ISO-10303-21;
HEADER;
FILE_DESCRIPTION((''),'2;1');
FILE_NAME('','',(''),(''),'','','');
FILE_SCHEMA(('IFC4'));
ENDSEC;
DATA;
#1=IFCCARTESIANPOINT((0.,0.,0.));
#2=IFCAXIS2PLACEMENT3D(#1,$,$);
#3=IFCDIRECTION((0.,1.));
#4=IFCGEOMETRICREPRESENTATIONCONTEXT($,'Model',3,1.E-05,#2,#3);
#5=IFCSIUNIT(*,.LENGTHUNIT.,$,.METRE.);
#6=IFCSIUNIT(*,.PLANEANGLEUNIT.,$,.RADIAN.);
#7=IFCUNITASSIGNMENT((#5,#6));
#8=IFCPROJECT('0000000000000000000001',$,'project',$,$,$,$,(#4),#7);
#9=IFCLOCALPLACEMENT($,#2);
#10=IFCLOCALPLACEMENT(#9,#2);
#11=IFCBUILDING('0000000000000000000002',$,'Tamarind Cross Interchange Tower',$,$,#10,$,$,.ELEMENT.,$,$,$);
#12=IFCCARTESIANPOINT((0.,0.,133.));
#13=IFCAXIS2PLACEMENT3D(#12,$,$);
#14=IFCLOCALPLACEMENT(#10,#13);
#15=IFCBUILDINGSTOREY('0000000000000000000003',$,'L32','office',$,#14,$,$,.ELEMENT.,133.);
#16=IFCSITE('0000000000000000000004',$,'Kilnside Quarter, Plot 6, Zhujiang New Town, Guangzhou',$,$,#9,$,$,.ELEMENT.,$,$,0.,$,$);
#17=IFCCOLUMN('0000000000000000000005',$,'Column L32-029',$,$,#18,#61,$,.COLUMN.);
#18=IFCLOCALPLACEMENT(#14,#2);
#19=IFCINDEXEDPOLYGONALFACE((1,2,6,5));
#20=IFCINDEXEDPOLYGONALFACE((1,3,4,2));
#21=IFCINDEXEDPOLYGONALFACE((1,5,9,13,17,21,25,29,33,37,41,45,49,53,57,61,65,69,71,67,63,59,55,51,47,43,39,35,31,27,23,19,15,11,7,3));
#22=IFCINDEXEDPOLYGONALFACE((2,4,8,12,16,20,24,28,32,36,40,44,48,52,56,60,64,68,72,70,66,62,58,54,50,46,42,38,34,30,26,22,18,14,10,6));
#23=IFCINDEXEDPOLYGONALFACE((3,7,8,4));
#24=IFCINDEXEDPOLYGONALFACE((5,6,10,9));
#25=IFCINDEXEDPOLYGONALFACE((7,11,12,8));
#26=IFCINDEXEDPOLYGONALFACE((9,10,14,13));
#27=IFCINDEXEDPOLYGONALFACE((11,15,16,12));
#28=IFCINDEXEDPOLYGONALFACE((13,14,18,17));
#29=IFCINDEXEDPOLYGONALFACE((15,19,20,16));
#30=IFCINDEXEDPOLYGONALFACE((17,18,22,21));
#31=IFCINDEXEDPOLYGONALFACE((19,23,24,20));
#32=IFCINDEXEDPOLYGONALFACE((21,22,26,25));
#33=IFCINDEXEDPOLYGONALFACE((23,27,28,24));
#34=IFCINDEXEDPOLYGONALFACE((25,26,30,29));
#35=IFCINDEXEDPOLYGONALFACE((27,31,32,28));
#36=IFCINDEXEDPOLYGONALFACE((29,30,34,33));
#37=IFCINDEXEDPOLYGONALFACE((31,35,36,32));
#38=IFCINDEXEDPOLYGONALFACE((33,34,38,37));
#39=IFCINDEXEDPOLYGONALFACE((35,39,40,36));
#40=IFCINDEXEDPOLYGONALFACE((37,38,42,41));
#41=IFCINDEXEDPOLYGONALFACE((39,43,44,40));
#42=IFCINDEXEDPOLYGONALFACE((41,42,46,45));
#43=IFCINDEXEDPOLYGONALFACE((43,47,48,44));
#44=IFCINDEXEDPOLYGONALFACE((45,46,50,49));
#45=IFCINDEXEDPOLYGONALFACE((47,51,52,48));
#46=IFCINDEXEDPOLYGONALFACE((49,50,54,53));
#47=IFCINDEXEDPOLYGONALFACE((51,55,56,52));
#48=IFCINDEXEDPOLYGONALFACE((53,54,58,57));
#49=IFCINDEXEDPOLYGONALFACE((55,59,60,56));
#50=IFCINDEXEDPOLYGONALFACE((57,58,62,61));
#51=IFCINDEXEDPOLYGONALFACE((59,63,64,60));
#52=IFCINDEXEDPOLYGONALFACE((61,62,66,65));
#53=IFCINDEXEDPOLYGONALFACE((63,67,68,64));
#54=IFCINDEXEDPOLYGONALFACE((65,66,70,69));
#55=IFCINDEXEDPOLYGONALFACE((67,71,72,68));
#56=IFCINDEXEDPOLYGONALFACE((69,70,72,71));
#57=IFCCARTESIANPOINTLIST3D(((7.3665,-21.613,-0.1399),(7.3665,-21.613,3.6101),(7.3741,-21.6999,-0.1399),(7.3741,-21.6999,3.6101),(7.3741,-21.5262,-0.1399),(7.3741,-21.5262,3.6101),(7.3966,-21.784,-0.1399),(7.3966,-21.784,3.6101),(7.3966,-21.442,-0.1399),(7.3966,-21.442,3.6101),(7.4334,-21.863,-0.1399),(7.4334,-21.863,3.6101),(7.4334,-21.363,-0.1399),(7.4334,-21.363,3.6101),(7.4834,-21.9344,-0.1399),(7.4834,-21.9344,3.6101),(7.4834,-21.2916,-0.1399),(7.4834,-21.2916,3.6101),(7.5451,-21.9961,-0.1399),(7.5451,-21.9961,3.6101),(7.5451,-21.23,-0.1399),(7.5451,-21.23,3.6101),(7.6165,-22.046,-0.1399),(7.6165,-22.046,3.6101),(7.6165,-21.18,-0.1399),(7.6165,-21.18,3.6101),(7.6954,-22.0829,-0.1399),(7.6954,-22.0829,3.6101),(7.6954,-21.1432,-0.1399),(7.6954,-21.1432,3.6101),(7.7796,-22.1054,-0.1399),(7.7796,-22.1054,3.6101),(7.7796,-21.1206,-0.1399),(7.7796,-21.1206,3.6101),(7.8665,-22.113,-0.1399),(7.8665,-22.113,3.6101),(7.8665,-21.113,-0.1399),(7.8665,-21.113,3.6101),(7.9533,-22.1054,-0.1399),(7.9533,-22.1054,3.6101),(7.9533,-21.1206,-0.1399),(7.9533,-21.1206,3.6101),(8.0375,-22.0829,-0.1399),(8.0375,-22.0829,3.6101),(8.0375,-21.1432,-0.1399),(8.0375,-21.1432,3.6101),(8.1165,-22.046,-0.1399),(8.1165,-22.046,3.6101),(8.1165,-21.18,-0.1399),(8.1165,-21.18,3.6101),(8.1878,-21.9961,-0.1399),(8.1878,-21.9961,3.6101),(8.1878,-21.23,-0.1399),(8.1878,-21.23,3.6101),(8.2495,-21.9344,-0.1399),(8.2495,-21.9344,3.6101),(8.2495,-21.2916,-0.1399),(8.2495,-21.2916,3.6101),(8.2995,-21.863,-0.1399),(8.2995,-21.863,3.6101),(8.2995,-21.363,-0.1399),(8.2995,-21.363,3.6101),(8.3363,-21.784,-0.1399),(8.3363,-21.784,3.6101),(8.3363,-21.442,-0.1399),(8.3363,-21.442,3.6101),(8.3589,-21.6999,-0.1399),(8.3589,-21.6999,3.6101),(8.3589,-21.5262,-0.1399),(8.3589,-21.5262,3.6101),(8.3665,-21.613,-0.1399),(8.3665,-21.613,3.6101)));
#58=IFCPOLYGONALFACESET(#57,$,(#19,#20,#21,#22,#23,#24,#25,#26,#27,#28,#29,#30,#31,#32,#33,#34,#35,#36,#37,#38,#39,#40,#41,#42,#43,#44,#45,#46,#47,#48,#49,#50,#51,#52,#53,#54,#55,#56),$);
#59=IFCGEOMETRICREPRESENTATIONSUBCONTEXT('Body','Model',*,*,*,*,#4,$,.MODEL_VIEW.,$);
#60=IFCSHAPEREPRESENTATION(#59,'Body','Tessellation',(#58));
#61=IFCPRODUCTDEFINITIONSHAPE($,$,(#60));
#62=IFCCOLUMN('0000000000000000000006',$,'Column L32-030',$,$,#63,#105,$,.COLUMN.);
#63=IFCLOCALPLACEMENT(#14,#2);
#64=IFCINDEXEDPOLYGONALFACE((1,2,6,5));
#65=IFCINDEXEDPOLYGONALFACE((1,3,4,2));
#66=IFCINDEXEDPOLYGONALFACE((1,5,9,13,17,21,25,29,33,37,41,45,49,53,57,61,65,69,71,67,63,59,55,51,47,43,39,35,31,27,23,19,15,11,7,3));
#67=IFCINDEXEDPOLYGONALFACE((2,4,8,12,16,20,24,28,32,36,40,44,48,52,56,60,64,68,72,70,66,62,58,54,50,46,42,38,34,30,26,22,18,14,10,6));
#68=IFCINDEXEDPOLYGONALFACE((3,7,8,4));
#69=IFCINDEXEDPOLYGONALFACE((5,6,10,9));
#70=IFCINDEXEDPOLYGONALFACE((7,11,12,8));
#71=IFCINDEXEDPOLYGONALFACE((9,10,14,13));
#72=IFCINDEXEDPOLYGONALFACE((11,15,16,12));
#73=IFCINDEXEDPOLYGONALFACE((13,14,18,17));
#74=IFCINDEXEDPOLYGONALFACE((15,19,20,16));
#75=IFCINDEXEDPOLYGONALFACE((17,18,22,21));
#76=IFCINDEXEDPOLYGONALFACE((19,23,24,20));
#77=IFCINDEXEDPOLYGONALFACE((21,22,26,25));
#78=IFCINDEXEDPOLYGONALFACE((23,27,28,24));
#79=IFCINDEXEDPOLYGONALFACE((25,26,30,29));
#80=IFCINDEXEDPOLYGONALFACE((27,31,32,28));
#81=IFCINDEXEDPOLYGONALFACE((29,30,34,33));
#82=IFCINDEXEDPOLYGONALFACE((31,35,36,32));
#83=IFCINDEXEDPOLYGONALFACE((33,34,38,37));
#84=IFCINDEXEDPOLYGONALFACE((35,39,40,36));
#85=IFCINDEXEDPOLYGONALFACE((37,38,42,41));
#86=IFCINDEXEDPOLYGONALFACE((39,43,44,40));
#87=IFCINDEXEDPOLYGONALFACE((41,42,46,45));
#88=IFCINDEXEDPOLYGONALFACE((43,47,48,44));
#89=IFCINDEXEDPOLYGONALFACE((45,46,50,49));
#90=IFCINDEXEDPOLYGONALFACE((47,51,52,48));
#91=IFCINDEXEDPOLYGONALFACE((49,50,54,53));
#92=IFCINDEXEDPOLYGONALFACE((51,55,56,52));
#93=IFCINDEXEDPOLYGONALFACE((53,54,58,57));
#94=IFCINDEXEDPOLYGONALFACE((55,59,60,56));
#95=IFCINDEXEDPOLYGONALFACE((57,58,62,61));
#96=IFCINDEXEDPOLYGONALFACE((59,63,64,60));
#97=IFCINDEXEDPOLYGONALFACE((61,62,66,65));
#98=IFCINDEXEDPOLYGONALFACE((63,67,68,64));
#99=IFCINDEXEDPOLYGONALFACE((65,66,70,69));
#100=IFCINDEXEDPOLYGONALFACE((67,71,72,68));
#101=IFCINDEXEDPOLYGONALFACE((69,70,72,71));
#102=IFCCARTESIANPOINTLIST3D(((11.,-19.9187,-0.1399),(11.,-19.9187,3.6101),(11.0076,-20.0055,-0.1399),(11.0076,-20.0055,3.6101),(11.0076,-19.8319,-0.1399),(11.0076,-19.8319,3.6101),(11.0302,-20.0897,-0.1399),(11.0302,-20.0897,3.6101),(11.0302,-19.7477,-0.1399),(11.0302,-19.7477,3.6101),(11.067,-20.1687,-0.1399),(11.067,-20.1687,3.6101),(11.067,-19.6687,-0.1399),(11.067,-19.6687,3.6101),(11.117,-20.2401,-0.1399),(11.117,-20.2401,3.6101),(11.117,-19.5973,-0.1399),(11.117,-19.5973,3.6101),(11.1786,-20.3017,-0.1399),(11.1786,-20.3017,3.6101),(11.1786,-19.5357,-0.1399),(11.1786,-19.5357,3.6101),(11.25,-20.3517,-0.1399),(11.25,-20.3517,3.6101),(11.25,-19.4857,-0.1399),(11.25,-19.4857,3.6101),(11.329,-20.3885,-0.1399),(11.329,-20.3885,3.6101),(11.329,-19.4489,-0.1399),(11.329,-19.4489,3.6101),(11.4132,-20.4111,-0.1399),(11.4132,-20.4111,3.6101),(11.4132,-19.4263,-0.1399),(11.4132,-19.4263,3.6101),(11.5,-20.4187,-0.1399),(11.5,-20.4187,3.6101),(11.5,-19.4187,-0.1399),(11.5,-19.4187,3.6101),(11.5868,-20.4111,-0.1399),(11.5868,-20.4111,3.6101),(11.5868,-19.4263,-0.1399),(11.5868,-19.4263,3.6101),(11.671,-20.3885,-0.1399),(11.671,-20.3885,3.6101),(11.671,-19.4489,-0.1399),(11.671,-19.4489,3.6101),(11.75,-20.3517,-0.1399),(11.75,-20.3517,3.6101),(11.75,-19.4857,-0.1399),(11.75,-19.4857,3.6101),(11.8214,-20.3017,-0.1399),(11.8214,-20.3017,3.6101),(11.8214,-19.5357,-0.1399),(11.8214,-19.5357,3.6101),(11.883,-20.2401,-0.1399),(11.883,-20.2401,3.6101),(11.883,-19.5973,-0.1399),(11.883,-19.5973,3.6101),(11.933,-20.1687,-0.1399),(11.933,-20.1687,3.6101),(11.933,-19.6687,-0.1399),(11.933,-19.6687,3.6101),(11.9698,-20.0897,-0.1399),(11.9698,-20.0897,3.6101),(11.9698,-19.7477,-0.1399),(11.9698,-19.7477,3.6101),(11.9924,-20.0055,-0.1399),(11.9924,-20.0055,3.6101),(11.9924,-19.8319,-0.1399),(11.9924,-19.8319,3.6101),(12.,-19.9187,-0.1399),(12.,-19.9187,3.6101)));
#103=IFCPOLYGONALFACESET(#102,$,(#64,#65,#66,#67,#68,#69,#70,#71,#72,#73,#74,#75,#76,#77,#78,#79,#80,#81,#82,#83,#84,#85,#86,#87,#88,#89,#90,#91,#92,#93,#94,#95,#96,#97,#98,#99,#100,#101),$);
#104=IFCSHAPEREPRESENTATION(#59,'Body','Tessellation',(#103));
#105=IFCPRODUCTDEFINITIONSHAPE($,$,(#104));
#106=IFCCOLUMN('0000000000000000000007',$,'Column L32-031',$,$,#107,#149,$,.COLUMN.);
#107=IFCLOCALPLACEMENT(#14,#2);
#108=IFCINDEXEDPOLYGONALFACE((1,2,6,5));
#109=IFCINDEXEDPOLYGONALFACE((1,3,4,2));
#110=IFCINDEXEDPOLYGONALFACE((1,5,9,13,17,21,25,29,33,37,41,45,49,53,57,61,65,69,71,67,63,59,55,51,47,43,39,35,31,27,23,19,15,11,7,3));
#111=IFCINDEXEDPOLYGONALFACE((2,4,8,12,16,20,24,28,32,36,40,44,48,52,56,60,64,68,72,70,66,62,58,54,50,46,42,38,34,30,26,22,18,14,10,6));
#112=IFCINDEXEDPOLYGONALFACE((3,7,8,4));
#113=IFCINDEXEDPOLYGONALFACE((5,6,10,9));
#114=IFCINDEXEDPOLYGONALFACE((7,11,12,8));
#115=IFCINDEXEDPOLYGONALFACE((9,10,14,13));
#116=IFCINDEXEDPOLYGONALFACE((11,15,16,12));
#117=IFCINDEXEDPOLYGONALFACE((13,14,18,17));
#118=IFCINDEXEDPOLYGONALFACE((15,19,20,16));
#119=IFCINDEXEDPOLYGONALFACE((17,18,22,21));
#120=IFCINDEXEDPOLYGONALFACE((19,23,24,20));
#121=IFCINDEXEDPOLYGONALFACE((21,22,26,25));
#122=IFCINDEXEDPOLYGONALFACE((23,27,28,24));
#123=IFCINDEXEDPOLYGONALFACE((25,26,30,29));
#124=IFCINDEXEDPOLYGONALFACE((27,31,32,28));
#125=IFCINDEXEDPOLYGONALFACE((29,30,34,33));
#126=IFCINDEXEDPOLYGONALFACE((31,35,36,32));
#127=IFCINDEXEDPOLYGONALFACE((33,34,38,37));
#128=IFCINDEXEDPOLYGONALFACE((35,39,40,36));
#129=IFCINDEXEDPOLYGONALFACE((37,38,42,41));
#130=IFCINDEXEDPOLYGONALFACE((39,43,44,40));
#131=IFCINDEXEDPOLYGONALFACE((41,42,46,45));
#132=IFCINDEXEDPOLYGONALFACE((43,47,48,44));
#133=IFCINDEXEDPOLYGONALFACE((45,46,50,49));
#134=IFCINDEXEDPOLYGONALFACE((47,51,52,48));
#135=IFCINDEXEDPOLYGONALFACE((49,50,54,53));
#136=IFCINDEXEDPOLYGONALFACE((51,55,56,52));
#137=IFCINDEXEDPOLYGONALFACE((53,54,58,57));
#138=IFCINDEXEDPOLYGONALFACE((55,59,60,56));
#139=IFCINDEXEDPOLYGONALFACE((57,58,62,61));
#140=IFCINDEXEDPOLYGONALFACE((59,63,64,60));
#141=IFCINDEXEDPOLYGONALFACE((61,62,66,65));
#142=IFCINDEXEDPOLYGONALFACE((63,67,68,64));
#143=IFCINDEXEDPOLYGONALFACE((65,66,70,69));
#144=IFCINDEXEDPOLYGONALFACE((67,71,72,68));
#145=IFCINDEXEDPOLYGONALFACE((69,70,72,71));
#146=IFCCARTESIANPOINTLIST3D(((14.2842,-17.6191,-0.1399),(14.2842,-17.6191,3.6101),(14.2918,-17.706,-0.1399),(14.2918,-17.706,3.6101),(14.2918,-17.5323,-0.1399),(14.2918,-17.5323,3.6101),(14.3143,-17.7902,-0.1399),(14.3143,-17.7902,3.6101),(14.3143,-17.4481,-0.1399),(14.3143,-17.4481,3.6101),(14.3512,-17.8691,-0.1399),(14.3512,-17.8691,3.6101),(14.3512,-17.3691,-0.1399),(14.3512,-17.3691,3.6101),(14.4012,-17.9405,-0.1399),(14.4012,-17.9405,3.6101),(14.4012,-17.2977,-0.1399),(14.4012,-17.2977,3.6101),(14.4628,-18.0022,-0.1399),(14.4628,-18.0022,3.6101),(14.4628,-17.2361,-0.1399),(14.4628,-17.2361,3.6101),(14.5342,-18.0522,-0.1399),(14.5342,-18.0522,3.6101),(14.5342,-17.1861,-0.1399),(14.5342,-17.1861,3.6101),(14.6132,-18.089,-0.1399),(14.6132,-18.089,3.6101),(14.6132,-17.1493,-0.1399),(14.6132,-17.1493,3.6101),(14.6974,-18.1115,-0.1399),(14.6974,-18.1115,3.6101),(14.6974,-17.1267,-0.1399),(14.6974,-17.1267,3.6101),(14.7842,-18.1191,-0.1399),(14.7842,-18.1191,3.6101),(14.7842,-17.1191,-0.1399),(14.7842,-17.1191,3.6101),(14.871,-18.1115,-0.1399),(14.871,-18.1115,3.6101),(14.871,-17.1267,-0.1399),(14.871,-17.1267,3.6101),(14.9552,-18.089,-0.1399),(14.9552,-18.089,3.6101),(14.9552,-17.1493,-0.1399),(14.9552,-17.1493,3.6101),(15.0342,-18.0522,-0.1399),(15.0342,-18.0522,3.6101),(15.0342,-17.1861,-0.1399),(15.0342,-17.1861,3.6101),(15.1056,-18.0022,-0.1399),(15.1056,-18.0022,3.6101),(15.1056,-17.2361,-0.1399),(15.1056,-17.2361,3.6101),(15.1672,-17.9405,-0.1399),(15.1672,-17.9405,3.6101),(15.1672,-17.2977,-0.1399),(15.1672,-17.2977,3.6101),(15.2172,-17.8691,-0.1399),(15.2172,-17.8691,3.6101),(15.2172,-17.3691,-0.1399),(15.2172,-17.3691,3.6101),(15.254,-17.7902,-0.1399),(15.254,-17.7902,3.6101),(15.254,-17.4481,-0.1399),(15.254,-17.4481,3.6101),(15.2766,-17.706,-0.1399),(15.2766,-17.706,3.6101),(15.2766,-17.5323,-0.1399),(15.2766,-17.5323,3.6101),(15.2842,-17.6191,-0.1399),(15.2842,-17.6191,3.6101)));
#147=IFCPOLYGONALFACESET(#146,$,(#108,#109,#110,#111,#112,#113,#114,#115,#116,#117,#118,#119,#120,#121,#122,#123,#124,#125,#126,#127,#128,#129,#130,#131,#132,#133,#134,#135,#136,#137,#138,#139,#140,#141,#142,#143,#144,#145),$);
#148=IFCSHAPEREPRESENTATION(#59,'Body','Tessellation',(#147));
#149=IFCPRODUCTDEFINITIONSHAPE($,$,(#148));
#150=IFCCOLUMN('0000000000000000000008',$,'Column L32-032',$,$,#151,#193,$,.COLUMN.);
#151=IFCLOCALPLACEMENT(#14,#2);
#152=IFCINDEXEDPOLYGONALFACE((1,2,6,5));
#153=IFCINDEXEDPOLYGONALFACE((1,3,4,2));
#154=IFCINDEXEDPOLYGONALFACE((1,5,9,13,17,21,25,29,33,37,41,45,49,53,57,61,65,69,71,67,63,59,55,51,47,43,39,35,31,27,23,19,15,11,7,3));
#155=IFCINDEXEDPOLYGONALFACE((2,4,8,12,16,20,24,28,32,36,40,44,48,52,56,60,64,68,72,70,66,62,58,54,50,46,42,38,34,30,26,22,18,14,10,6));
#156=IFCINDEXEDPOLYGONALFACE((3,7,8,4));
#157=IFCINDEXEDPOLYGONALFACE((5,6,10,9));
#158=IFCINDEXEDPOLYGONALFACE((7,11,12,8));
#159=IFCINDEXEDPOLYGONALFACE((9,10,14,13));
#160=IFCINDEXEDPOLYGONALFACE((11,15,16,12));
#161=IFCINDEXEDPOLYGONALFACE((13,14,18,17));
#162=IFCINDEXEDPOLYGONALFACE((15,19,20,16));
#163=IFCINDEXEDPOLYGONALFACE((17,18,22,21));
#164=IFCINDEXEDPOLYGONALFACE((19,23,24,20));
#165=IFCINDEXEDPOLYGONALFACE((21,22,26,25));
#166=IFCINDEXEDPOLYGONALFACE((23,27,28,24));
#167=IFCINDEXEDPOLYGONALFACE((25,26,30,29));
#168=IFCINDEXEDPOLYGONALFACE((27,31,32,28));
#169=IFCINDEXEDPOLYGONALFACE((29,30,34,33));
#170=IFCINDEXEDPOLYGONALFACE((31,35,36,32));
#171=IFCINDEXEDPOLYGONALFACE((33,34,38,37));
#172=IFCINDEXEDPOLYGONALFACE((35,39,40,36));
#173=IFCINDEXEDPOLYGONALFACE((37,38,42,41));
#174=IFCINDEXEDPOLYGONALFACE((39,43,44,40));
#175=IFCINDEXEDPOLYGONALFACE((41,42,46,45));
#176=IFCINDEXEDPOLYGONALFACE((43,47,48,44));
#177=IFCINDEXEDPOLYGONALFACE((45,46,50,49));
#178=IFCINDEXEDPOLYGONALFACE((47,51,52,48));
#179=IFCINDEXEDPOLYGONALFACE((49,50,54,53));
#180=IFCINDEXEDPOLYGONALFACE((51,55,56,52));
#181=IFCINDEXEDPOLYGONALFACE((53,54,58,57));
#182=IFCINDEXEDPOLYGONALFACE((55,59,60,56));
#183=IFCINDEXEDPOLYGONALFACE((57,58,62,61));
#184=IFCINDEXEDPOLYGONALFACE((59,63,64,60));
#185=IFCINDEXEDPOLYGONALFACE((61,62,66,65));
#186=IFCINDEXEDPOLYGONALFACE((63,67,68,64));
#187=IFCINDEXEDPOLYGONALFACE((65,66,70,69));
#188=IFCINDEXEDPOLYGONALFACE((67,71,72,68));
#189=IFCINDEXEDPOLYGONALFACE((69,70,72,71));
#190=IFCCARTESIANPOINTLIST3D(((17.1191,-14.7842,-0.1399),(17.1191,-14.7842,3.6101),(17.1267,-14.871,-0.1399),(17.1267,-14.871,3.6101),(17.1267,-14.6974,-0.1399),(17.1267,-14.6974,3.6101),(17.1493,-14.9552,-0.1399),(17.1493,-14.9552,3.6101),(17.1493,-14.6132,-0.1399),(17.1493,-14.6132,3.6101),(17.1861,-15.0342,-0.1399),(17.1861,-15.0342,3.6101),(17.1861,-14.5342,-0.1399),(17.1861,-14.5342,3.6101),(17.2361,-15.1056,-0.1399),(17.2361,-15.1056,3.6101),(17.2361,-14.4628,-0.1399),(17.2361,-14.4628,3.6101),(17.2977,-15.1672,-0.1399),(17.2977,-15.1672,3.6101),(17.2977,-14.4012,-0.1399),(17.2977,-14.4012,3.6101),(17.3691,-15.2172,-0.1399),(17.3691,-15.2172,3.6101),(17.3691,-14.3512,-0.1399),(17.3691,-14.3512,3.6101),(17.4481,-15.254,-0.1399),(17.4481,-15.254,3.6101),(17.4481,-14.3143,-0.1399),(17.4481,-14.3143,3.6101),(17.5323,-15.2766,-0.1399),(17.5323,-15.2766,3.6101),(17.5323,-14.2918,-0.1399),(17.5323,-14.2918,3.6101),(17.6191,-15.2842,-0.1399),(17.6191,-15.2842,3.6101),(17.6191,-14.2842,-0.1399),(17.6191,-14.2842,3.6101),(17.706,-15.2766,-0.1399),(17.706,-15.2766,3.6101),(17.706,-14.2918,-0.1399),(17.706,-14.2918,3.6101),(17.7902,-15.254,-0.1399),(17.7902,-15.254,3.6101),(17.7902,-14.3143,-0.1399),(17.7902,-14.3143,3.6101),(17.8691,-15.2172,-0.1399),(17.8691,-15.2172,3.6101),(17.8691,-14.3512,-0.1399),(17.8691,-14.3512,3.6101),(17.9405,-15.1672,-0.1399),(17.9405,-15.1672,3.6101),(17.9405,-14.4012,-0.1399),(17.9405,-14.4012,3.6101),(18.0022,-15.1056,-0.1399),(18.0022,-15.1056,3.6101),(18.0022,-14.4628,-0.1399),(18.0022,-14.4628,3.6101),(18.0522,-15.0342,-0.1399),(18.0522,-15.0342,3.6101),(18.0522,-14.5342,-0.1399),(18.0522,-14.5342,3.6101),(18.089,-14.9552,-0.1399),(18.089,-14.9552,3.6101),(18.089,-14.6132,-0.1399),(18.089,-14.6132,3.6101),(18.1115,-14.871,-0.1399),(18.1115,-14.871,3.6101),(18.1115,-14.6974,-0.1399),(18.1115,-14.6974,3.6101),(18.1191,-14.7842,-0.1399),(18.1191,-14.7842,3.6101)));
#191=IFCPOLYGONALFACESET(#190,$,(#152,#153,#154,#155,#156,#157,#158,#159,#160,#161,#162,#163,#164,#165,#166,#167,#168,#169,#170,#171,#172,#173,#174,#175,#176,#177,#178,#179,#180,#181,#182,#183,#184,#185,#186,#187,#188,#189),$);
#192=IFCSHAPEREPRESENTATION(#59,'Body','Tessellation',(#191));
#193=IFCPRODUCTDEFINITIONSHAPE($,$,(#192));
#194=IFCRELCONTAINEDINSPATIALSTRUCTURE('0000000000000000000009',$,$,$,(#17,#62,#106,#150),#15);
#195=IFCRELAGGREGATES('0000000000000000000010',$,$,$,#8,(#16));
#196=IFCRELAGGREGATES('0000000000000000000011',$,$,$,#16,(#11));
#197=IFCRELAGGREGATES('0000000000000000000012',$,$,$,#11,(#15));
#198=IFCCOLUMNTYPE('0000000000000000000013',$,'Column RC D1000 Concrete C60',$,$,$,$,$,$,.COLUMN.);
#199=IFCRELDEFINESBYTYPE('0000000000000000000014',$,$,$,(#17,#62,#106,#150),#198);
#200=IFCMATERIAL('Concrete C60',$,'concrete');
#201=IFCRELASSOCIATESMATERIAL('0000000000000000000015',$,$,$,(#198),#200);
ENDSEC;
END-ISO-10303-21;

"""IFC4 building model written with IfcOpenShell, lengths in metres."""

from ifc_helpers import new_model, si_unit, direction, frame, origin, origin_2d, place, context, subcontext, project, spatial, circle, extrude, material, material_profile, profile_set, type_object, element, save


model = new_model("IFC4")

# Units and contexts
model_context = context("Model", 3, precision=1e-05, world=origin(), true_north=direction((0.0, 1.0)))
body_context = subcontext(model_context, "Body", "Model", "MODEL_VIEW")
ifc_project = project(units=[si_unit("LENGTHUNIT", "METRE"), si_unit("PLANEANGLEUNIT", "RADIAN")], contexts=[model_context])

# Site, building, storey
site_placement = place(None, origin())
site = spatial("IfcSite", under=ifc_project, at=site_placement, Name="Kilnside Quarter, Plot 6, Zhujiang New Town, Guangzhou", CompositionType="ELEMENT", RefElevation=0.0)
building_placement = place(site_placement, origin())
building = spatial("IfcBuilding", under=site, at=building_placement, Name="Tamarind Cross Interchange Tower", CompositionType="ELEMENT")
storey_placement = place(building_placement, frame((0.0, 0.0, 133.0)))
storey = spatial("IfcBuildingStorey", under=building, at=storey_placement, Name="L32", Description="office", CompositionType="ELEMENT", Elevation=133.0)

# Columns
ifc_material_1 = material(Name="Concrete C60", Category="concrete")
ifc_material_profile_1 = material_profile(ifc_material_1, circle(Radius=0.5, at=origin_2d()), Name="RC D1000")
ifc_profile_set_1 = profile_set([ifc_material_profile_1], Name="Concrete C60")
column_type = type_object("IfcColumnType", Name="Column RC D1000 Concrete C60", PredefinedType="COLUMN", material=ifc_profile_set_1)
for number, where, z_axis, x_axis, name in (
    (1, (7.8665, -21.613, -0.1399), (0.0, 0.0, 1.0), (1.0, 0.0, 0.0), "Column L32-029"),
    (2, (11.5, -19.9187, -0.1399), (0.0, 0.0, 1.0), (1.0, 0.0, 0.0), "Column L32-030"),
    (3, (14.7842, -17.6191, -0.1399), (0.0, 0.0, 1.0), (1.0, 0.0, 0.0), "Column L32-031"),
    (4, (17.6191, -14.7842, -0.1399), (0.0, 0.0, 1.0), (1.0, 0.0, 0.0), "Column L32-032"),
):
    element("IfcColumn", number, at=place(storey_placement, frame(where, z_axis=z_axis, x_axis=x_axis)), inside=storey, type_object=column_type, Name=name, PredefinedType="COLUMN", context=body_context, shape_type="SweptSolid", body=[
        extrude(circle(Radius=0.5, at=origin_2d()), origin(), (0.0, 0.0, 1.0), 3.75),
    ])

save(model, "model.ifc")
